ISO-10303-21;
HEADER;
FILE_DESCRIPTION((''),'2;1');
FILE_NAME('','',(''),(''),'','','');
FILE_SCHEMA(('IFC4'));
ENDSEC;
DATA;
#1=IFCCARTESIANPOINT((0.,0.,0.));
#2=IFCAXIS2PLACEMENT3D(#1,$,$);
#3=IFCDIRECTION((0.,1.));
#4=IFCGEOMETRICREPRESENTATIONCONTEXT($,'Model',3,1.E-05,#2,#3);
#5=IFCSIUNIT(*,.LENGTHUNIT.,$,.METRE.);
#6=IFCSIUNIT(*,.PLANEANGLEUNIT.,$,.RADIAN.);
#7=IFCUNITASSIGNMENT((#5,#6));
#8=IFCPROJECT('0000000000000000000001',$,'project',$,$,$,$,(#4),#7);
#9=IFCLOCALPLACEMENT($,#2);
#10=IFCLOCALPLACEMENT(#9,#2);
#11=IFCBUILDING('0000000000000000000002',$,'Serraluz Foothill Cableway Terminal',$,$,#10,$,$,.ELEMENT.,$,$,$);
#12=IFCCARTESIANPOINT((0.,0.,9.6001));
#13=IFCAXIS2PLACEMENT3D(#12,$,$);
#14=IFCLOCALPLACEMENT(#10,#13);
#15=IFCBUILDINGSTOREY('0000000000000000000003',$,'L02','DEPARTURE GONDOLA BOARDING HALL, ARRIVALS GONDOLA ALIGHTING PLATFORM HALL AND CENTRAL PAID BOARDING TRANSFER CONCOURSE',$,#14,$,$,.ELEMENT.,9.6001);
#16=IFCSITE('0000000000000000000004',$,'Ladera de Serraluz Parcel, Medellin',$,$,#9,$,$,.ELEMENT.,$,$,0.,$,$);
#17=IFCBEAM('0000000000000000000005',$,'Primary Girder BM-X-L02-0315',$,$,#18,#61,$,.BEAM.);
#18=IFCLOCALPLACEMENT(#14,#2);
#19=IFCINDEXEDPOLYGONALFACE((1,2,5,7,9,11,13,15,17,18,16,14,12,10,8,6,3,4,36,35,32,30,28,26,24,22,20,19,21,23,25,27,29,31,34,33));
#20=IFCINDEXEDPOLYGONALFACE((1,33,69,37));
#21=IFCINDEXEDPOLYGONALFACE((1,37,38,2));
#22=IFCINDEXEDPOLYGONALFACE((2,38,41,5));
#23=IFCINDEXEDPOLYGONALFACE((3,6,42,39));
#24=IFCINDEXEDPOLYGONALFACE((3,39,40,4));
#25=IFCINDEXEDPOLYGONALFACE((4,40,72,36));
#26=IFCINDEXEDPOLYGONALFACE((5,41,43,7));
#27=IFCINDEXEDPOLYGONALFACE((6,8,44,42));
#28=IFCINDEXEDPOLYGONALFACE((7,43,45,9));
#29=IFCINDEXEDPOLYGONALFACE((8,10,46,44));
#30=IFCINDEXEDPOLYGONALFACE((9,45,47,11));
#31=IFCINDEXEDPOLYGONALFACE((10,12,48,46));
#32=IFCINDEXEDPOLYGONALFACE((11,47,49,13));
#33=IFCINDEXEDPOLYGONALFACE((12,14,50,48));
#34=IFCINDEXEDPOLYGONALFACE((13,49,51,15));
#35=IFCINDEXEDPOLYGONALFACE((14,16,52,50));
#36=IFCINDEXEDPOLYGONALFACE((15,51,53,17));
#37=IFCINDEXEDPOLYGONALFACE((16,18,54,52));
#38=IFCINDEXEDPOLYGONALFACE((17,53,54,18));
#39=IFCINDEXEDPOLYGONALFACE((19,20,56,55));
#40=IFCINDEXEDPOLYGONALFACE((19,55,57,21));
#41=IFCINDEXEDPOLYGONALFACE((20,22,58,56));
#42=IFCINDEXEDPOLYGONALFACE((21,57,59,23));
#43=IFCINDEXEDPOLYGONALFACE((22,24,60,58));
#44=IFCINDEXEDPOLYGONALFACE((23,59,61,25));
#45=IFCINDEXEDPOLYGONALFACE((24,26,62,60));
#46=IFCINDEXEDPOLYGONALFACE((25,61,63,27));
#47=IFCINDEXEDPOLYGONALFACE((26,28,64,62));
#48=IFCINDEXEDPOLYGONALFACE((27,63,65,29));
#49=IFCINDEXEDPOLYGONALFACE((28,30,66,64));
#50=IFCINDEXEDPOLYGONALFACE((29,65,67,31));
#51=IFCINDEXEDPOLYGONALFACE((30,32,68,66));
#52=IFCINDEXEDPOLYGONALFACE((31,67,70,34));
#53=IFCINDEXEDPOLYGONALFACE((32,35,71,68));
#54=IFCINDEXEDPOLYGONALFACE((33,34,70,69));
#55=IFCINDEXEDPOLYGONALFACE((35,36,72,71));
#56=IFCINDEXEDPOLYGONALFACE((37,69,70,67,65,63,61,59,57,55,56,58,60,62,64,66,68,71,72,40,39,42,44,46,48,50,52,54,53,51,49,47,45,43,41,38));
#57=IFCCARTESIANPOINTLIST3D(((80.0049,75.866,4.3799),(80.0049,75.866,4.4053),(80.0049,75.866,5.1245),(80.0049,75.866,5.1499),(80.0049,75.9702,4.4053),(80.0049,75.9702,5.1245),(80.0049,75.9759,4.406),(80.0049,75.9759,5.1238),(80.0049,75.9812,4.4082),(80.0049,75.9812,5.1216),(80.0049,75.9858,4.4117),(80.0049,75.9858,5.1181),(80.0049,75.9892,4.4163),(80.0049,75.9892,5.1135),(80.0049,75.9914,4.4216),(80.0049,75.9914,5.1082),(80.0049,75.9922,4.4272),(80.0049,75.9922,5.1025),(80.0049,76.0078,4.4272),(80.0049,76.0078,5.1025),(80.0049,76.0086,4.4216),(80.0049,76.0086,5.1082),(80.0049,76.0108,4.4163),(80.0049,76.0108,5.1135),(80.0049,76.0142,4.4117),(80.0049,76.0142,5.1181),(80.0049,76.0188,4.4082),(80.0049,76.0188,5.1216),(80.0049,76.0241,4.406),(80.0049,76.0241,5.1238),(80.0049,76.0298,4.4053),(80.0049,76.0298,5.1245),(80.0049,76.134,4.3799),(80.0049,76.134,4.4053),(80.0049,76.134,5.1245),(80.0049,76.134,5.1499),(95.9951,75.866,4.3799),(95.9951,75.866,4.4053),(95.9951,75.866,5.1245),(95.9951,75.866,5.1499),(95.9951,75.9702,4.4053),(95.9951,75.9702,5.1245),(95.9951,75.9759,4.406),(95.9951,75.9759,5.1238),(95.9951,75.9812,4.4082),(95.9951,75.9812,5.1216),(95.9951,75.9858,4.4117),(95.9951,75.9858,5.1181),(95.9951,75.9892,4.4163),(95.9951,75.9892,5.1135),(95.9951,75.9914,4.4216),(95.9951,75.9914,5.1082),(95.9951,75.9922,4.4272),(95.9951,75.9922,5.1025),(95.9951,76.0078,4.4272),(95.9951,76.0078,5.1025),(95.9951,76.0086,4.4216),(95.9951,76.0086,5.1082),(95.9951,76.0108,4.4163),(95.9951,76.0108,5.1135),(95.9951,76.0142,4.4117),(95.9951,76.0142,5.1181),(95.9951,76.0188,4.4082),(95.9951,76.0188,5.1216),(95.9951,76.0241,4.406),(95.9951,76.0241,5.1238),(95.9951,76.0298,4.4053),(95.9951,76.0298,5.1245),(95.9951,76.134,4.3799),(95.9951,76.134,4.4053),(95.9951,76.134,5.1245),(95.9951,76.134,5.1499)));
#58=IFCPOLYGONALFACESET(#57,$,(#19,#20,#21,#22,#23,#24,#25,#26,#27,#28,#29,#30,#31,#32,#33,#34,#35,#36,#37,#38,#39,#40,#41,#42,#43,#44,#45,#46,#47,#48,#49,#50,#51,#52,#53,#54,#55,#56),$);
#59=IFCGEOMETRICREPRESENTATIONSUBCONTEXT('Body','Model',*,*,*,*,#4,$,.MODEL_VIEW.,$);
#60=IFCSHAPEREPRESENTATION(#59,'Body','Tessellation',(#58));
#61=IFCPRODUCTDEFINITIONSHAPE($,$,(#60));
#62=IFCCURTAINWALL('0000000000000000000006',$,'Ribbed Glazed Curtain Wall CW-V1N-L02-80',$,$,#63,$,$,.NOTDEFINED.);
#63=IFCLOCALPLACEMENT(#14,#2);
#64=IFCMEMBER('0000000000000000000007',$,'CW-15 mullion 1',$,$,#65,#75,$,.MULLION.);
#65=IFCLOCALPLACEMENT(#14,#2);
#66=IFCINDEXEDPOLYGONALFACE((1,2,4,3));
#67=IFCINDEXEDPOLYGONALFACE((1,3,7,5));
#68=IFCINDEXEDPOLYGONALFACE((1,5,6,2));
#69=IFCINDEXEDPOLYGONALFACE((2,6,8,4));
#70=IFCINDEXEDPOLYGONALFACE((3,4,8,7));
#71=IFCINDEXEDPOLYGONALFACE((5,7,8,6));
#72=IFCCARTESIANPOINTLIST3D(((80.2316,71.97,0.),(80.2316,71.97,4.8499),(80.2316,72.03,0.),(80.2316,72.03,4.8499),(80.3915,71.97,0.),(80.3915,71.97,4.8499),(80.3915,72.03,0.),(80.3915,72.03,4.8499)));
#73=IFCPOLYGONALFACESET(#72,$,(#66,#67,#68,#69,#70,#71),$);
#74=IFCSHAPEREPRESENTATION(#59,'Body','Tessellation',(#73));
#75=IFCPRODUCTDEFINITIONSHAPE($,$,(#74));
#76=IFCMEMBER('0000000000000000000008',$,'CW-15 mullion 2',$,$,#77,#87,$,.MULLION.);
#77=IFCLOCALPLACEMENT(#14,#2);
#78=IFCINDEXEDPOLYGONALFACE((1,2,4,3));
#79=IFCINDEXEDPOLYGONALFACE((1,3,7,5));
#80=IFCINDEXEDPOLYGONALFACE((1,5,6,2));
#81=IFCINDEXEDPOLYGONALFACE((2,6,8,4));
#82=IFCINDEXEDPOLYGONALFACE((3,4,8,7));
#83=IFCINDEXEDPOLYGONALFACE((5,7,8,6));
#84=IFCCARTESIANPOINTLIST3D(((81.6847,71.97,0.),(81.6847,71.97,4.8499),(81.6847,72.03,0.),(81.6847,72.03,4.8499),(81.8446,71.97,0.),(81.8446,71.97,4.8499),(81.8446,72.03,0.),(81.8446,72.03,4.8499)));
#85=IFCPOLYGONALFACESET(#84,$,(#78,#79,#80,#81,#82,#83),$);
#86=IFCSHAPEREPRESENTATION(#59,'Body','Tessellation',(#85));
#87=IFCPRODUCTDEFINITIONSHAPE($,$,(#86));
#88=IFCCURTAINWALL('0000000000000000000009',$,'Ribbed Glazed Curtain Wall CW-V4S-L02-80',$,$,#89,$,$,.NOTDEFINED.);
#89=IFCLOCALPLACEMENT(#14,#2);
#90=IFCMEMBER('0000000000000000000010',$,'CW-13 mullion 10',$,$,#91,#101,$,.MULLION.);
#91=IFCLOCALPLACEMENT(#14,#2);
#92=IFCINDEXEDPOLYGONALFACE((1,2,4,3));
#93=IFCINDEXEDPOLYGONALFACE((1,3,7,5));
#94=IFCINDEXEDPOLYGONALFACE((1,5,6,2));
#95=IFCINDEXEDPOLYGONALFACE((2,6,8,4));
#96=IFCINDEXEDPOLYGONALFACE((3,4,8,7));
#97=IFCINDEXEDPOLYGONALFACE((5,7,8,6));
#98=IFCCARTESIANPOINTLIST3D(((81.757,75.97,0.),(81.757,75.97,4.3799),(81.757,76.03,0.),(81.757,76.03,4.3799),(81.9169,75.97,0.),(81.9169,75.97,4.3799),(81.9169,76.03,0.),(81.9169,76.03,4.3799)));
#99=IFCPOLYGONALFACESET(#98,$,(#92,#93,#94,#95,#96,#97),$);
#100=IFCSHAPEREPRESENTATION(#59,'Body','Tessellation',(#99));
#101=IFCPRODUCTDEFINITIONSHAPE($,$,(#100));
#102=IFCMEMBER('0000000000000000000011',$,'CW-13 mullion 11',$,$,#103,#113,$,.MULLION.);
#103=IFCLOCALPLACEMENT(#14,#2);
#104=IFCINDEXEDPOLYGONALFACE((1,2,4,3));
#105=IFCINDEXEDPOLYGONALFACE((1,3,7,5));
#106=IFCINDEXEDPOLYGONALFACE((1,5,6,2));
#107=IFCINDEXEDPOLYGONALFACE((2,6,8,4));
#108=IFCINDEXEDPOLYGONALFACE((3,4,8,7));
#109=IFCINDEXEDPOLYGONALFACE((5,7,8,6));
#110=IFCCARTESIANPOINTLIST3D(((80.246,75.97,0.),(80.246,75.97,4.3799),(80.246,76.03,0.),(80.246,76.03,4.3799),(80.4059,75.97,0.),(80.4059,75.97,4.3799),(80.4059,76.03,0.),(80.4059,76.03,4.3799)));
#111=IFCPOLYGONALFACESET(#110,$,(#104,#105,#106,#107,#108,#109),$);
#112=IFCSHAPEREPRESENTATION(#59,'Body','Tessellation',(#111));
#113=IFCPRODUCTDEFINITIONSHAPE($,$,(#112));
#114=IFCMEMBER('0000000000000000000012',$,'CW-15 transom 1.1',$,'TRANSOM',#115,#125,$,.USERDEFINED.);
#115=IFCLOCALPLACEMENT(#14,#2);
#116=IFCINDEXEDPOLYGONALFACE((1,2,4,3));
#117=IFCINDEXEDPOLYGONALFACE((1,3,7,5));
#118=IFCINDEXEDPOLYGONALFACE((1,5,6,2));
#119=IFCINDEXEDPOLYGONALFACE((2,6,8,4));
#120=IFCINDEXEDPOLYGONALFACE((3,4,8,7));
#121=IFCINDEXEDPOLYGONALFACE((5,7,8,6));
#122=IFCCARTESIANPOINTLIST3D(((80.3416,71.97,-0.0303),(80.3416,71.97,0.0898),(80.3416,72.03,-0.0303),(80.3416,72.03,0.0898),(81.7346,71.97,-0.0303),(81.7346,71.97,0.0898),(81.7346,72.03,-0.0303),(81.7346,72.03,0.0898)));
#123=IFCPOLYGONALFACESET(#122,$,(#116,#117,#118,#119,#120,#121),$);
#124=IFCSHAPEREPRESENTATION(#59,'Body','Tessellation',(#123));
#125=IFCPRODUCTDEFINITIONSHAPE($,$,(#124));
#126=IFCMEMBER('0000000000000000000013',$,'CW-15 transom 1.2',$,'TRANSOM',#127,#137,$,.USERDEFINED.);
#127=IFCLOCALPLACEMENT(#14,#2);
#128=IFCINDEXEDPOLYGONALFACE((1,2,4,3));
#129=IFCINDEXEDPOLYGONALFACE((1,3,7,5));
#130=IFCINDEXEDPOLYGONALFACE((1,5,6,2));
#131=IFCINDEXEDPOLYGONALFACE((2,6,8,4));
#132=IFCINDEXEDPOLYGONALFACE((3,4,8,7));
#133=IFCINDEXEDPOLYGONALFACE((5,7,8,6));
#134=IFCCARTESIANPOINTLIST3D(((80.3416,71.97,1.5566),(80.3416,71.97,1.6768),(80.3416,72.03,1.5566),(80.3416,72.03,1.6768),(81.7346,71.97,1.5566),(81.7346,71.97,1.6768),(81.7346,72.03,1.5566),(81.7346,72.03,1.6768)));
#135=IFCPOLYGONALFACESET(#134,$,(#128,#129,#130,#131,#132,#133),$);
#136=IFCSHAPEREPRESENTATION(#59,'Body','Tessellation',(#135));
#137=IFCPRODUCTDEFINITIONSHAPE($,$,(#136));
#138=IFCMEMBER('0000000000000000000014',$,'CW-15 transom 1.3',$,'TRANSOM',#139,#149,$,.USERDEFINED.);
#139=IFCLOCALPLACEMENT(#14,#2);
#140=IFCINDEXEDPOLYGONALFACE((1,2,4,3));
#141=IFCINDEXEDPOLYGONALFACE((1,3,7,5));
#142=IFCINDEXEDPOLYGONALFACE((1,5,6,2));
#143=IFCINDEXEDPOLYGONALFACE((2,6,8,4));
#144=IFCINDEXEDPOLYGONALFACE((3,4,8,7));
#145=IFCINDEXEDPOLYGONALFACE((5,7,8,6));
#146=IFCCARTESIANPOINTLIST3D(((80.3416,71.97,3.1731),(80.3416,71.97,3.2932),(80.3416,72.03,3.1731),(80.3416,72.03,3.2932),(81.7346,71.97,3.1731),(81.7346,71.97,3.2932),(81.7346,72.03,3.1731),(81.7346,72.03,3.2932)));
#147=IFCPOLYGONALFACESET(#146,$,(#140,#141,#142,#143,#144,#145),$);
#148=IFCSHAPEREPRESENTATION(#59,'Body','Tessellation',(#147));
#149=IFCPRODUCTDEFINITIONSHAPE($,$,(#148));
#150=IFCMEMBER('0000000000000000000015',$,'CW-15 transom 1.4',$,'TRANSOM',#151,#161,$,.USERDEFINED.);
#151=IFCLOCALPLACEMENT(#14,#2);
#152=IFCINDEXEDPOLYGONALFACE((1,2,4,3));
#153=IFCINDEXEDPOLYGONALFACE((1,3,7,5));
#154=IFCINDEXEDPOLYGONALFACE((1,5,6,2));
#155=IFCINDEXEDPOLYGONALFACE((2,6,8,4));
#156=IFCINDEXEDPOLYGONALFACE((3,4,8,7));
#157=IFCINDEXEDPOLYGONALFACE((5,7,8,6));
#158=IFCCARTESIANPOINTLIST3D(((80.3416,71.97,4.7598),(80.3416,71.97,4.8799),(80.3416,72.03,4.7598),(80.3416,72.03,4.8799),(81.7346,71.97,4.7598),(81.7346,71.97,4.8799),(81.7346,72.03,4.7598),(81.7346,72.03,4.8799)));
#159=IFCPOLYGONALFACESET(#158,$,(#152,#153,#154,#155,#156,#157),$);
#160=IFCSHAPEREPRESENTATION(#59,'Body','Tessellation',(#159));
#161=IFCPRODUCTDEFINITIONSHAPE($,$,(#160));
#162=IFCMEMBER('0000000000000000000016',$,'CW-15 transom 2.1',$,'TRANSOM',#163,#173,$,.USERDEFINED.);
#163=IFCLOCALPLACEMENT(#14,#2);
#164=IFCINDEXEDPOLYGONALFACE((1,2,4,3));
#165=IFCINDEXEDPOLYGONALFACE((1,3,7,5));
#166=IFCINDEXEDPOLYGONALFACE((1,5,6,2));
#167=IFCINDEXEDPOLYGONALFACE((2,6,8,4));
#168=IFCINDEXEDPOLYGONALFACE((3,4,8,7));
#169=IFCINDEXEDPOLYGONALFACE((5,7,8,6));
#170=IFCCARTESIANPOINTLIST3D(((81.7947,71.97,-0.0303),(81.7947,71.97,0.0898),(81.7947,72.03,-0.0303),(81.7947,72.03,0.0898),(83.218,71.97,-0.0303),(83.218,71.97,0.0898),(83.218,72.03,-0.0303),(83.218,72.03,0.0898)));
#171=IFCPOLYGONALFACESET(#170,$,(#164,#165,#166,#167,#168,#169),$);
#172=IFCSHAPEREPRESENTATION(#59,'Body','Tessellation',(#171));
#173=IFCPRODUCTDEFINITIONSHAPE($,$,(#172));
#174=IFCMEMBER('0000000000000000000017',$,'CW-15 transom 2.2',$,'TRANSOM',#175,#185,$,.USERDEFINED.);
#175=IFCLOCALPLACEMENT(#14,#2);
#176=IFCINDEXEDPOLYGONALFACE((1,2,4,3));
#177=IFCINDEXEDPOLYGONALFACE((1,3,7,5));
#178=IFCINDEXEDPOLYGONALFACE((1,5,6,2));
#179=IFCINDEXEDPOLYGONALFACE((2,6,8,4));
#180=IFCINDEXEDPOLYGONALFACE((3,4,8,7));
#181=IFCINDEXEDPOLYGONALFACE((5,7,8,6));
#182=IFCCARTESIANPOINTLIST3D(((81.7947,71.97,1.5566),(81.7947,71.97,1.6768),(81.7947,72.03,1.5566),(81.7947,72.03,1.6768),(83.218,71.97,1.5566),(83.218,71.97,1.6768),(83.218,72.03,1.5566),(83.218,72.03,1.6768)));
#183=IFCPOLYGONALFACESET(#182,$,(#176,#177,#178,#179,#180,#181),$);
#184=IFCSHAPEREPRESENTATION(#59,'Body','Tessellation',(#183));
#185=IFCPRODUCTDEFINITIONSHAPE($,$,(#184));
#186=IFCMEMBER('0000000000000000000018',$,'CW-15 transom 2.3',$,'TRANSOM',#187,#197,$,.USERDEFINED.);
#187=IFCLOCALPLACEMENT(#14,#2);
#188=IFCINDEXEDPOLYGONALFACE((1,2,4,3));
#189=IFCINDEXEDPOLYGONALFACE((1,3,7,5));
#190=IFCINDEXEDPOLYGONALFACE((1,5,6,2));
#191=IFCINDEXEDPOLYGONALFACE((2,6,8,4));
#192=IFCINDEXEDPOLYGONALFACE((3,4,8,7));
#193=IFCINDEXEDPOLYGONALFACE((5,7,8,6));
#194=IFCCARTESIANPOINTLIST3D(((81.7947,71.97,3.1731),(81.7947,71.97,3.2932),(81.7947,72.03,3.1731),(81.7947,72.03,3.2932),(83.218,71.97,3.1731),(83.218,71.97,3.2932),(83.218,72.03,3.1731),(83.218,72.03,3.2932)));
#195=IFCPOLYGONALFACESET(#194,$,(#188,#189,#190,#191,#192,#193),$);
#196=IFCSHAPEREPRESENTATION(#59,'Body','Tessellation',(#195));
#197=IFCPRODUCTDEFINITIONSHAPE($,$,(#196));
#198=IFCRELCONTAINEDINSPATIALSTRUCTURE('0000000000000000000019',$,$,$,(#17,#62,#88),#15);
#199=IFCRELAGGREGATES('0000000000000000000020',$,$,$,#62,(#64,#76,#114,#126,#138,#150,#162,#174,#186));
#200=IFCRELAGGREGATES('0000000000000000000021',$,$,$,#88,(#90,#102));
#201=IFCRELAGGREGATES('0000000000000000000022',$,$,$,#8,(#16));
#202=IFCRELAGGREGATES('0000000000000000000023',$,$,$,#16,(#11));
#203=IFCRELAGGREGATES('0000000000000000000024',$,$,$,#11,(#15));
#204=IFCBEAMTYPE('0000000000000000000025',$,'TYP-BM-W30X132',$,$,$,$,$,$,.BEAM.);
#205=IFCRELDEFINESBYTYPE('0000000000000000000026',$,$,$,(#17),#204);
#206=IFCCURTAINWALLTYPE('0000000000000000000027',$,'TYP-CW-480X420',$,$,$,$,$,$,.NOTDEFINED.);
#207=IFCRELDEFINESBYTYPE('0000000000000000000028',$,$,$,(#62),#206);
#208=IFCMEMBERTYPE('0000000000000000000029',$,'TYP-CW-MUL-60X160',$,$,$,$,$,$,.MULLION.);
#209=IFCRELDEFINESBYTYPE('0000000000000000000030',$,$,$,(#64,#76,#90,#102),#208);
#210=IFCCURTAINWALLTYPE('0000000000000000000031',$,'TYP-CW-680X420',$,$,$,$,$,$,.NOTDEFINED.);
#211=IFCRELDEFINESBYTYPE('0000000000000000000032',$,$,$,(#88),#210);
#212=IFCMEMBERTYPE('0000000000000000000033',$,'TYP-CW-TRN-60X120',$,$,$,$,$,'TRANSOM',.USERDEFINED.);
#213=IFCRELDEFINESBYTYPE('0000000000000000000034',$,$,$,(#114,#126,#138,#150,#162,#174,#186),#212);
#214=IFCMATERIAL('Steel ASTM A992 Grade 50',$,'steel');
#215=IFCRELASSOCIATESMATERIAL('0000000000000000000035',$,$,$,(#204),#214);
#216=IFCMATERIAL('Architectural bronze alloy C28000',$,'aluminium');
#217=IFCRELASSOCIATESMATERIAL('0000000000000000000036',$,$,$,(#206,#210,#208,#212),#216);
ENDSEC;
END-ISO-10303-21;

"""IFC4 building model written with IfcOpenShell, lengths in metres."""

from ifc_helpers import new_model, si_unit, direction, frame, origin, origin_2d, place, context, subcontext, project, spatial, rectangle, i_section, extrude, material, material_profile, profile_set, type_object, element, aggregate, save


model = new_model("IFC4")

# Units and contexts
model_context = context("Model", 3, precision=1e-05, world=origin(), true_north=direction((0.0, 1.0)))
body_context = subcontext(model_context, "Body", "Model", "MODEL_VIEW")
ifc_project = project(units=[si_unit("LENGTHUNIT", "METRE"), si_unit("PLANEANGLEUNIT", "RADIAN")], contexts=[model_context])

# Site, building, storey
site_placement = place(None, origin())
site = spatial("IfcSite", under=ifc_project, at=site_placement, Name="Ladera de Serraluz Parcel, Medellin", CompositionType="ELEMENT", RefElevation=0.0)
building_placement = place(site_placement, origin())
building = spatial("IfcBuilding", under=site, at=building_placement, Name="Serraluz Foothill Cableway Terminal", CompositionType="ELEMENT")
storey_placement = place(building_placement, frame((0.0, 0.0, 9.6001)))
storey = spatial("IfcBuildingStorey", under=building, at=storey_placement, Name="L02", Description="DEPARTURE GONDOLA BOARDING HALL, ARRIVALS GONDOLA ALIGHTING PLATFORM HALL AND CENTRAL PAID BOARDING TRANSFER CONCOURSE", CompositionType="ELEMENT", Elevation=9.6001)

# Beam
ifc_material_1 = material(Name="Steel ASTM A992 Grade 50", Category="steel")
ifc_material_profile_1 = material_profile(ifc_material_1, i_section(OverallWidth=0.2681, OverallDepth=0.77, WebThickness=0.0156, FlangeThickness=0.0254, FilletRadius=0.022, at=origin_2d()), Name="W30X132")
ifc_profile_set_1 = profile_set([ifc_material_profile_1], Name="Steel ASTM A992 Grade 50")
beam_type_1 = type_object("IfcBeamType", Name="TYP-BM-W30X132", PredefinedType="BEAM", material=ifc_profile_set_1)
beam_1_placement = place(storey_placement, frame((80.0049, 76.0, 4.7649), z_axis=(1.0, 0.0, 0.0), x_axis=(0.0, 1.0, 0.0)))
element("IfcBeam", 1, at=beam_1_placement, inside=storey, type_object=beam_type_1, Name="Primary Girder BM-X-L02-0315", PredefinedType="BEAM", context=body_context, shape_type="SweptSolid", body=[
    extrude(i_section(OverallWidth=0.2681, OverallDepth=0.77, WebThickness=0.0156, FlangeThickness=0.0254, FilletRadius=0.022, at=origin_2d()), origin(), (0.0, 0.0, 1.0), 15.9902),
])

# Curtain walls, members
ifc_material_2 = material(Name="Architectural bronze alloy C28000", Category="aluminium")
curtain_wall_type_1 = type_object("IfcCurtainWallType", Name="TYP-CW-480X420", PredefinedType="NOTDEFINED", material=ifc_material_2)
curtain_wall_1_placement = place(storey_placement, origin())
curtain_wall_1 = element("IfcCurtainWall", 2, at=curtain_wall_1_placement, inside=storey, type_object=curtain_wall_type_1, Name="Ribbed Glazed Curtain Wall CW-V1N-L02-80", PredefinedType="NOTDEFINED")
ifc_material_profile_2 = material_profile(ifc_material_2, rectangle(XDim=0.0601, YDim=0.1599, at=origin_2d()), Name="ALU MULLION 60x160")
ifc_profile_set_2 = profile_set([ifc_material_profile_2], Name="Architectural bronze alloy C28000")
member_type_1 = type_object("IfcMemberType", Name="TYP-CW-MUL-60X160", PredefinedType="MULLION", material=ifc_profile_set_2)
member_1_placement = place(storey_placement, frame((80.3115, 72.0, 0.0), z_axis=(0.0, 0.0, 1.0), x_axis=(0.0, 1.0, 0.0)))
member_1 = element("IfcMember", 3, at=member_1_placement, type_object=member_type_1, Name="CW-15 mullion 1", PredefinedType="MULLION", context=body_context, shape_type="SweptSolid", body=[
    extrude(rectangle(XDim=0.0601, YDim=0.1599, at=origin_2d()), origin(), (0.0, 0.0, 1.0), 4.8499),
])
member_2_placement = place(storey_placement, frame((81.7646, 72.0, 0.0), z_axis=(0.0, 0.0, 1.0), x_axis=(0.0, 1.0, 0.0)))
member_2 = element("IfcMember", 4, at=member_2_placement, type_object=member_type_1, Name="CW-15 mullion 2", PredefinedType="MULLION", context=body_context, shape_type="SweptSolid", body=[
    extrude(rectangle(XDim=0.0601, YDim=0.1599, at=origin_2d()), origin(), (0.0, 0.0, 1.0), 4.8499),
])
curtain_wall_type_2 = type_object("IfcCurtainWallType", Name="TYP-CW-680X420", PredefinedType="NOTDEFINED", material=ifc_material_2)
curtain_wall_2_placement = place(storey_placement, origin())
curtain_wall_2 = element("IfcCurtainWall", 5, at=curtain_wall_2_placement, inside=storey, type_object=curtain_wall_type_2, Name="Ribbed Glazed Curtain Wall CW-V4S-L02-80", PredefinedType="NOTDEFINED")
member_3_placement = place(storey_placement, frame((81.8369, 76.0, 0.0), z_axis=(0.0, 0.0, 1.0), x_axis=(0.0, -1.0, 0.0)))
member_3 = element("IfcMember", 6, at=member_3_placement, type_object=member_type_1, Name="CW-13 mullion 10", PredefinedType="MULLION", context=body_context, shape_type="SweptSolid", body=[
    extrude(rectangle(XDim=0.0601, YDim=0.1599, at=origin_2d()), origin(), (0.0, 0.0, 1.0), 4.3799),
])
member_4_placement = place(storey_placement, frame((80.3259, 76.0, 0.0), z_axis=(0.0, 0.0, 1.0), x_axis=(0.0, -1.0, 0.0)))
member_4 = element("IfcMember", 7, at=member_4_placement, type_object=member_type_1, Name="CW-13 mullion 11", PredefinedType="MULLION", context=body_context, shape_type="SweptSolid", body=[
    extrude(rectangle(XDim=0.0601, YDim=0.1599, at=origin_2d()), origin(), (0.0, 0.0, 1.0), 4.3799),
])

# Members
ifc_material_profile_3 = material_profile(ifc_material_2, rectangle(XDim=0.0601, YDim=0.1201, at=origin_2d()), Name="ALU TRANSOM 60x120")
ifc_profile_set_3 = profile_set([ifc_material_profile_3], Name="Architectural bronze alloy C28000")
member_type_2 = type_object("IfcMemberType", Name="TYP-CW-TRN-60X120", ElementType="TRANSOM", PredefinedType="USERDEFINED", material=ifc_profile_set_3)
member_5_placement = place(storey_placement, frame((80.3416, 72.0, 0.0298), z_axis=(1.0, 0.0, 0.0), x_axis=(0.0, 1.0, 0.0)))
member_5 = element("IfcMember", 8, at=member_5_placement, type_object=member_type_2, Name="CW-15 transom 1.1", ObjectType="TRANSOM", PredefinedType="USERDEFINED", context=body_context, shape_type="SweptSolid", body=[
    extrude(rectangle(XDim=0.0601, YDim=0.1201, at=origin_2d()), origin(), (0.0, 0.0, 1.0), 1.3931),
])
member_6_placement = place(storey_placement, frame((80.3416, 72.0, 1.6167), z_axis=(1.0, 0.0, 0.0), x_axis=(0.0, 1.0, 0.0)))
member_6 = element("IfcMember", 9, at=member_6_placement, type_object=member_type_2, Name="CW-15 transom 1.2", ObjectType="TRANSOM", PredefinedType="USERDEFINED", context=body_context, shape_type="SweptSolid", body=[
    extrude(rectangle(XDim=0.0601, YDim=0.1201, at=origin_2d()), origin(), (0.0, 0.0, 1.0), 1.3931),
])
member_7_placement = place(storey_placement, frame((80.3416, 72.0, 3.2332), z_axis=(1.0, 0.0, 0.0), x_axis=(0.0, 1.0, 0.0)))
member_7 = element("IfcMember", 10, at=member_7_placement, type_object=member_type_2, Name="CW-15 transom 1.3", ObjectType="TRANSOM", PredefinedType="USERDEFINED", context=body_context, shape_type="SweptSolid", body=[
    extrude(rectangle(XDim=0.0601, YDim=0.1201, at=origin_2d()), origin(), (0.0, 0.0, 1.0), 1.3931),
])
member_8_placement = place(storey_placement, frame((80.3416, 72.0, 4.8198), z_axis=(1.0, 0.0, 0.0), x_axis=(0.0, 1.0, 0.0)))
member_8 = element("IfcMember", 11, at=member_8_placement, type_object=member_type_2, Name="CW-15 transom 1.4", ObjectType="TRANSOM", PredefinedType="USERDEFINED", context=body_context, shape_type="SweptSolid", body=[
    extrude(rectangle(XDim=0.0601, YDim=0.1201, at=origin_2d()), origin(), (0.0, 0.0, 1.0), 1.3931),
])
member_9_placement = place(storey_placement, frame((81.7947, 72.0, 0.0298), z_axis=(1.0, 0.0, 0.0), x_axis=(0.0, 1.0, 0.0)))
member_9 = element("IfcMember", 12, at=member_9_placement, type_object=member_type_2, Name="CW-15 transom 2.1", ObjectType="TRANSOM", PredefinedType="USERDEFINED", context=body_context, shape_type="SweptSolid", body=[
    extrude(rectangle(XDim=0.0601, YDim=0.1201, at=origin_2d()), origin(), (0.0, 0.0, 1.0), 1.4233),
])
member_10_placement = place(storey_placement, frame((81.7947, 72.0, 1.6167), z_axis=(1.0, 0.0, 0.0), x_axis=(0.0, 1.0, 0.0)))
member_10 = element("IfcMember", 13, at=member_10_placement, type_object=member_type_2, Name="CW-15 transom 2.2", ObjectType="TRANSOM", PredefinedType="USERDEFINED", context=body_context, shape_type="SweptSolid", body=[
    extrude(rectangle(XDim=0.0601, YDim=0.1201, at=origin_2d()), origin(), (0.0, 0.0, 1.0), 1.4233),
])
member_11_placement = place(storey_placement, frame((81.7947, 72.0, 3.2332), z_axis=(1.0, 0.0, 0.0), x_axis=(0.0, 1.0, 0.0)))
member_11 = element("IfcMember", 14, at=member_11_placement, type_object=member_type_2, Name="CW-15 transom 2.3", ObjectType="TRANSOM", PredefinedType="USERDEFINED", context=body_context, shape_type="SweptSolid", body=[
    extrude(rectangle(XDim=0.0601, YDim=0.1201, at=origin_2d()), origin(), (0.0, 0.0, 1.0), 1.4233),
])

aggregate(curtain_wall_1, [member_1, member_2, member_5, member_6, member_7, member_8, member_9, member_10, member_11])
aggregate(curtain_wall_2, [member_3, member_4])

save(model, "model.ifc")
